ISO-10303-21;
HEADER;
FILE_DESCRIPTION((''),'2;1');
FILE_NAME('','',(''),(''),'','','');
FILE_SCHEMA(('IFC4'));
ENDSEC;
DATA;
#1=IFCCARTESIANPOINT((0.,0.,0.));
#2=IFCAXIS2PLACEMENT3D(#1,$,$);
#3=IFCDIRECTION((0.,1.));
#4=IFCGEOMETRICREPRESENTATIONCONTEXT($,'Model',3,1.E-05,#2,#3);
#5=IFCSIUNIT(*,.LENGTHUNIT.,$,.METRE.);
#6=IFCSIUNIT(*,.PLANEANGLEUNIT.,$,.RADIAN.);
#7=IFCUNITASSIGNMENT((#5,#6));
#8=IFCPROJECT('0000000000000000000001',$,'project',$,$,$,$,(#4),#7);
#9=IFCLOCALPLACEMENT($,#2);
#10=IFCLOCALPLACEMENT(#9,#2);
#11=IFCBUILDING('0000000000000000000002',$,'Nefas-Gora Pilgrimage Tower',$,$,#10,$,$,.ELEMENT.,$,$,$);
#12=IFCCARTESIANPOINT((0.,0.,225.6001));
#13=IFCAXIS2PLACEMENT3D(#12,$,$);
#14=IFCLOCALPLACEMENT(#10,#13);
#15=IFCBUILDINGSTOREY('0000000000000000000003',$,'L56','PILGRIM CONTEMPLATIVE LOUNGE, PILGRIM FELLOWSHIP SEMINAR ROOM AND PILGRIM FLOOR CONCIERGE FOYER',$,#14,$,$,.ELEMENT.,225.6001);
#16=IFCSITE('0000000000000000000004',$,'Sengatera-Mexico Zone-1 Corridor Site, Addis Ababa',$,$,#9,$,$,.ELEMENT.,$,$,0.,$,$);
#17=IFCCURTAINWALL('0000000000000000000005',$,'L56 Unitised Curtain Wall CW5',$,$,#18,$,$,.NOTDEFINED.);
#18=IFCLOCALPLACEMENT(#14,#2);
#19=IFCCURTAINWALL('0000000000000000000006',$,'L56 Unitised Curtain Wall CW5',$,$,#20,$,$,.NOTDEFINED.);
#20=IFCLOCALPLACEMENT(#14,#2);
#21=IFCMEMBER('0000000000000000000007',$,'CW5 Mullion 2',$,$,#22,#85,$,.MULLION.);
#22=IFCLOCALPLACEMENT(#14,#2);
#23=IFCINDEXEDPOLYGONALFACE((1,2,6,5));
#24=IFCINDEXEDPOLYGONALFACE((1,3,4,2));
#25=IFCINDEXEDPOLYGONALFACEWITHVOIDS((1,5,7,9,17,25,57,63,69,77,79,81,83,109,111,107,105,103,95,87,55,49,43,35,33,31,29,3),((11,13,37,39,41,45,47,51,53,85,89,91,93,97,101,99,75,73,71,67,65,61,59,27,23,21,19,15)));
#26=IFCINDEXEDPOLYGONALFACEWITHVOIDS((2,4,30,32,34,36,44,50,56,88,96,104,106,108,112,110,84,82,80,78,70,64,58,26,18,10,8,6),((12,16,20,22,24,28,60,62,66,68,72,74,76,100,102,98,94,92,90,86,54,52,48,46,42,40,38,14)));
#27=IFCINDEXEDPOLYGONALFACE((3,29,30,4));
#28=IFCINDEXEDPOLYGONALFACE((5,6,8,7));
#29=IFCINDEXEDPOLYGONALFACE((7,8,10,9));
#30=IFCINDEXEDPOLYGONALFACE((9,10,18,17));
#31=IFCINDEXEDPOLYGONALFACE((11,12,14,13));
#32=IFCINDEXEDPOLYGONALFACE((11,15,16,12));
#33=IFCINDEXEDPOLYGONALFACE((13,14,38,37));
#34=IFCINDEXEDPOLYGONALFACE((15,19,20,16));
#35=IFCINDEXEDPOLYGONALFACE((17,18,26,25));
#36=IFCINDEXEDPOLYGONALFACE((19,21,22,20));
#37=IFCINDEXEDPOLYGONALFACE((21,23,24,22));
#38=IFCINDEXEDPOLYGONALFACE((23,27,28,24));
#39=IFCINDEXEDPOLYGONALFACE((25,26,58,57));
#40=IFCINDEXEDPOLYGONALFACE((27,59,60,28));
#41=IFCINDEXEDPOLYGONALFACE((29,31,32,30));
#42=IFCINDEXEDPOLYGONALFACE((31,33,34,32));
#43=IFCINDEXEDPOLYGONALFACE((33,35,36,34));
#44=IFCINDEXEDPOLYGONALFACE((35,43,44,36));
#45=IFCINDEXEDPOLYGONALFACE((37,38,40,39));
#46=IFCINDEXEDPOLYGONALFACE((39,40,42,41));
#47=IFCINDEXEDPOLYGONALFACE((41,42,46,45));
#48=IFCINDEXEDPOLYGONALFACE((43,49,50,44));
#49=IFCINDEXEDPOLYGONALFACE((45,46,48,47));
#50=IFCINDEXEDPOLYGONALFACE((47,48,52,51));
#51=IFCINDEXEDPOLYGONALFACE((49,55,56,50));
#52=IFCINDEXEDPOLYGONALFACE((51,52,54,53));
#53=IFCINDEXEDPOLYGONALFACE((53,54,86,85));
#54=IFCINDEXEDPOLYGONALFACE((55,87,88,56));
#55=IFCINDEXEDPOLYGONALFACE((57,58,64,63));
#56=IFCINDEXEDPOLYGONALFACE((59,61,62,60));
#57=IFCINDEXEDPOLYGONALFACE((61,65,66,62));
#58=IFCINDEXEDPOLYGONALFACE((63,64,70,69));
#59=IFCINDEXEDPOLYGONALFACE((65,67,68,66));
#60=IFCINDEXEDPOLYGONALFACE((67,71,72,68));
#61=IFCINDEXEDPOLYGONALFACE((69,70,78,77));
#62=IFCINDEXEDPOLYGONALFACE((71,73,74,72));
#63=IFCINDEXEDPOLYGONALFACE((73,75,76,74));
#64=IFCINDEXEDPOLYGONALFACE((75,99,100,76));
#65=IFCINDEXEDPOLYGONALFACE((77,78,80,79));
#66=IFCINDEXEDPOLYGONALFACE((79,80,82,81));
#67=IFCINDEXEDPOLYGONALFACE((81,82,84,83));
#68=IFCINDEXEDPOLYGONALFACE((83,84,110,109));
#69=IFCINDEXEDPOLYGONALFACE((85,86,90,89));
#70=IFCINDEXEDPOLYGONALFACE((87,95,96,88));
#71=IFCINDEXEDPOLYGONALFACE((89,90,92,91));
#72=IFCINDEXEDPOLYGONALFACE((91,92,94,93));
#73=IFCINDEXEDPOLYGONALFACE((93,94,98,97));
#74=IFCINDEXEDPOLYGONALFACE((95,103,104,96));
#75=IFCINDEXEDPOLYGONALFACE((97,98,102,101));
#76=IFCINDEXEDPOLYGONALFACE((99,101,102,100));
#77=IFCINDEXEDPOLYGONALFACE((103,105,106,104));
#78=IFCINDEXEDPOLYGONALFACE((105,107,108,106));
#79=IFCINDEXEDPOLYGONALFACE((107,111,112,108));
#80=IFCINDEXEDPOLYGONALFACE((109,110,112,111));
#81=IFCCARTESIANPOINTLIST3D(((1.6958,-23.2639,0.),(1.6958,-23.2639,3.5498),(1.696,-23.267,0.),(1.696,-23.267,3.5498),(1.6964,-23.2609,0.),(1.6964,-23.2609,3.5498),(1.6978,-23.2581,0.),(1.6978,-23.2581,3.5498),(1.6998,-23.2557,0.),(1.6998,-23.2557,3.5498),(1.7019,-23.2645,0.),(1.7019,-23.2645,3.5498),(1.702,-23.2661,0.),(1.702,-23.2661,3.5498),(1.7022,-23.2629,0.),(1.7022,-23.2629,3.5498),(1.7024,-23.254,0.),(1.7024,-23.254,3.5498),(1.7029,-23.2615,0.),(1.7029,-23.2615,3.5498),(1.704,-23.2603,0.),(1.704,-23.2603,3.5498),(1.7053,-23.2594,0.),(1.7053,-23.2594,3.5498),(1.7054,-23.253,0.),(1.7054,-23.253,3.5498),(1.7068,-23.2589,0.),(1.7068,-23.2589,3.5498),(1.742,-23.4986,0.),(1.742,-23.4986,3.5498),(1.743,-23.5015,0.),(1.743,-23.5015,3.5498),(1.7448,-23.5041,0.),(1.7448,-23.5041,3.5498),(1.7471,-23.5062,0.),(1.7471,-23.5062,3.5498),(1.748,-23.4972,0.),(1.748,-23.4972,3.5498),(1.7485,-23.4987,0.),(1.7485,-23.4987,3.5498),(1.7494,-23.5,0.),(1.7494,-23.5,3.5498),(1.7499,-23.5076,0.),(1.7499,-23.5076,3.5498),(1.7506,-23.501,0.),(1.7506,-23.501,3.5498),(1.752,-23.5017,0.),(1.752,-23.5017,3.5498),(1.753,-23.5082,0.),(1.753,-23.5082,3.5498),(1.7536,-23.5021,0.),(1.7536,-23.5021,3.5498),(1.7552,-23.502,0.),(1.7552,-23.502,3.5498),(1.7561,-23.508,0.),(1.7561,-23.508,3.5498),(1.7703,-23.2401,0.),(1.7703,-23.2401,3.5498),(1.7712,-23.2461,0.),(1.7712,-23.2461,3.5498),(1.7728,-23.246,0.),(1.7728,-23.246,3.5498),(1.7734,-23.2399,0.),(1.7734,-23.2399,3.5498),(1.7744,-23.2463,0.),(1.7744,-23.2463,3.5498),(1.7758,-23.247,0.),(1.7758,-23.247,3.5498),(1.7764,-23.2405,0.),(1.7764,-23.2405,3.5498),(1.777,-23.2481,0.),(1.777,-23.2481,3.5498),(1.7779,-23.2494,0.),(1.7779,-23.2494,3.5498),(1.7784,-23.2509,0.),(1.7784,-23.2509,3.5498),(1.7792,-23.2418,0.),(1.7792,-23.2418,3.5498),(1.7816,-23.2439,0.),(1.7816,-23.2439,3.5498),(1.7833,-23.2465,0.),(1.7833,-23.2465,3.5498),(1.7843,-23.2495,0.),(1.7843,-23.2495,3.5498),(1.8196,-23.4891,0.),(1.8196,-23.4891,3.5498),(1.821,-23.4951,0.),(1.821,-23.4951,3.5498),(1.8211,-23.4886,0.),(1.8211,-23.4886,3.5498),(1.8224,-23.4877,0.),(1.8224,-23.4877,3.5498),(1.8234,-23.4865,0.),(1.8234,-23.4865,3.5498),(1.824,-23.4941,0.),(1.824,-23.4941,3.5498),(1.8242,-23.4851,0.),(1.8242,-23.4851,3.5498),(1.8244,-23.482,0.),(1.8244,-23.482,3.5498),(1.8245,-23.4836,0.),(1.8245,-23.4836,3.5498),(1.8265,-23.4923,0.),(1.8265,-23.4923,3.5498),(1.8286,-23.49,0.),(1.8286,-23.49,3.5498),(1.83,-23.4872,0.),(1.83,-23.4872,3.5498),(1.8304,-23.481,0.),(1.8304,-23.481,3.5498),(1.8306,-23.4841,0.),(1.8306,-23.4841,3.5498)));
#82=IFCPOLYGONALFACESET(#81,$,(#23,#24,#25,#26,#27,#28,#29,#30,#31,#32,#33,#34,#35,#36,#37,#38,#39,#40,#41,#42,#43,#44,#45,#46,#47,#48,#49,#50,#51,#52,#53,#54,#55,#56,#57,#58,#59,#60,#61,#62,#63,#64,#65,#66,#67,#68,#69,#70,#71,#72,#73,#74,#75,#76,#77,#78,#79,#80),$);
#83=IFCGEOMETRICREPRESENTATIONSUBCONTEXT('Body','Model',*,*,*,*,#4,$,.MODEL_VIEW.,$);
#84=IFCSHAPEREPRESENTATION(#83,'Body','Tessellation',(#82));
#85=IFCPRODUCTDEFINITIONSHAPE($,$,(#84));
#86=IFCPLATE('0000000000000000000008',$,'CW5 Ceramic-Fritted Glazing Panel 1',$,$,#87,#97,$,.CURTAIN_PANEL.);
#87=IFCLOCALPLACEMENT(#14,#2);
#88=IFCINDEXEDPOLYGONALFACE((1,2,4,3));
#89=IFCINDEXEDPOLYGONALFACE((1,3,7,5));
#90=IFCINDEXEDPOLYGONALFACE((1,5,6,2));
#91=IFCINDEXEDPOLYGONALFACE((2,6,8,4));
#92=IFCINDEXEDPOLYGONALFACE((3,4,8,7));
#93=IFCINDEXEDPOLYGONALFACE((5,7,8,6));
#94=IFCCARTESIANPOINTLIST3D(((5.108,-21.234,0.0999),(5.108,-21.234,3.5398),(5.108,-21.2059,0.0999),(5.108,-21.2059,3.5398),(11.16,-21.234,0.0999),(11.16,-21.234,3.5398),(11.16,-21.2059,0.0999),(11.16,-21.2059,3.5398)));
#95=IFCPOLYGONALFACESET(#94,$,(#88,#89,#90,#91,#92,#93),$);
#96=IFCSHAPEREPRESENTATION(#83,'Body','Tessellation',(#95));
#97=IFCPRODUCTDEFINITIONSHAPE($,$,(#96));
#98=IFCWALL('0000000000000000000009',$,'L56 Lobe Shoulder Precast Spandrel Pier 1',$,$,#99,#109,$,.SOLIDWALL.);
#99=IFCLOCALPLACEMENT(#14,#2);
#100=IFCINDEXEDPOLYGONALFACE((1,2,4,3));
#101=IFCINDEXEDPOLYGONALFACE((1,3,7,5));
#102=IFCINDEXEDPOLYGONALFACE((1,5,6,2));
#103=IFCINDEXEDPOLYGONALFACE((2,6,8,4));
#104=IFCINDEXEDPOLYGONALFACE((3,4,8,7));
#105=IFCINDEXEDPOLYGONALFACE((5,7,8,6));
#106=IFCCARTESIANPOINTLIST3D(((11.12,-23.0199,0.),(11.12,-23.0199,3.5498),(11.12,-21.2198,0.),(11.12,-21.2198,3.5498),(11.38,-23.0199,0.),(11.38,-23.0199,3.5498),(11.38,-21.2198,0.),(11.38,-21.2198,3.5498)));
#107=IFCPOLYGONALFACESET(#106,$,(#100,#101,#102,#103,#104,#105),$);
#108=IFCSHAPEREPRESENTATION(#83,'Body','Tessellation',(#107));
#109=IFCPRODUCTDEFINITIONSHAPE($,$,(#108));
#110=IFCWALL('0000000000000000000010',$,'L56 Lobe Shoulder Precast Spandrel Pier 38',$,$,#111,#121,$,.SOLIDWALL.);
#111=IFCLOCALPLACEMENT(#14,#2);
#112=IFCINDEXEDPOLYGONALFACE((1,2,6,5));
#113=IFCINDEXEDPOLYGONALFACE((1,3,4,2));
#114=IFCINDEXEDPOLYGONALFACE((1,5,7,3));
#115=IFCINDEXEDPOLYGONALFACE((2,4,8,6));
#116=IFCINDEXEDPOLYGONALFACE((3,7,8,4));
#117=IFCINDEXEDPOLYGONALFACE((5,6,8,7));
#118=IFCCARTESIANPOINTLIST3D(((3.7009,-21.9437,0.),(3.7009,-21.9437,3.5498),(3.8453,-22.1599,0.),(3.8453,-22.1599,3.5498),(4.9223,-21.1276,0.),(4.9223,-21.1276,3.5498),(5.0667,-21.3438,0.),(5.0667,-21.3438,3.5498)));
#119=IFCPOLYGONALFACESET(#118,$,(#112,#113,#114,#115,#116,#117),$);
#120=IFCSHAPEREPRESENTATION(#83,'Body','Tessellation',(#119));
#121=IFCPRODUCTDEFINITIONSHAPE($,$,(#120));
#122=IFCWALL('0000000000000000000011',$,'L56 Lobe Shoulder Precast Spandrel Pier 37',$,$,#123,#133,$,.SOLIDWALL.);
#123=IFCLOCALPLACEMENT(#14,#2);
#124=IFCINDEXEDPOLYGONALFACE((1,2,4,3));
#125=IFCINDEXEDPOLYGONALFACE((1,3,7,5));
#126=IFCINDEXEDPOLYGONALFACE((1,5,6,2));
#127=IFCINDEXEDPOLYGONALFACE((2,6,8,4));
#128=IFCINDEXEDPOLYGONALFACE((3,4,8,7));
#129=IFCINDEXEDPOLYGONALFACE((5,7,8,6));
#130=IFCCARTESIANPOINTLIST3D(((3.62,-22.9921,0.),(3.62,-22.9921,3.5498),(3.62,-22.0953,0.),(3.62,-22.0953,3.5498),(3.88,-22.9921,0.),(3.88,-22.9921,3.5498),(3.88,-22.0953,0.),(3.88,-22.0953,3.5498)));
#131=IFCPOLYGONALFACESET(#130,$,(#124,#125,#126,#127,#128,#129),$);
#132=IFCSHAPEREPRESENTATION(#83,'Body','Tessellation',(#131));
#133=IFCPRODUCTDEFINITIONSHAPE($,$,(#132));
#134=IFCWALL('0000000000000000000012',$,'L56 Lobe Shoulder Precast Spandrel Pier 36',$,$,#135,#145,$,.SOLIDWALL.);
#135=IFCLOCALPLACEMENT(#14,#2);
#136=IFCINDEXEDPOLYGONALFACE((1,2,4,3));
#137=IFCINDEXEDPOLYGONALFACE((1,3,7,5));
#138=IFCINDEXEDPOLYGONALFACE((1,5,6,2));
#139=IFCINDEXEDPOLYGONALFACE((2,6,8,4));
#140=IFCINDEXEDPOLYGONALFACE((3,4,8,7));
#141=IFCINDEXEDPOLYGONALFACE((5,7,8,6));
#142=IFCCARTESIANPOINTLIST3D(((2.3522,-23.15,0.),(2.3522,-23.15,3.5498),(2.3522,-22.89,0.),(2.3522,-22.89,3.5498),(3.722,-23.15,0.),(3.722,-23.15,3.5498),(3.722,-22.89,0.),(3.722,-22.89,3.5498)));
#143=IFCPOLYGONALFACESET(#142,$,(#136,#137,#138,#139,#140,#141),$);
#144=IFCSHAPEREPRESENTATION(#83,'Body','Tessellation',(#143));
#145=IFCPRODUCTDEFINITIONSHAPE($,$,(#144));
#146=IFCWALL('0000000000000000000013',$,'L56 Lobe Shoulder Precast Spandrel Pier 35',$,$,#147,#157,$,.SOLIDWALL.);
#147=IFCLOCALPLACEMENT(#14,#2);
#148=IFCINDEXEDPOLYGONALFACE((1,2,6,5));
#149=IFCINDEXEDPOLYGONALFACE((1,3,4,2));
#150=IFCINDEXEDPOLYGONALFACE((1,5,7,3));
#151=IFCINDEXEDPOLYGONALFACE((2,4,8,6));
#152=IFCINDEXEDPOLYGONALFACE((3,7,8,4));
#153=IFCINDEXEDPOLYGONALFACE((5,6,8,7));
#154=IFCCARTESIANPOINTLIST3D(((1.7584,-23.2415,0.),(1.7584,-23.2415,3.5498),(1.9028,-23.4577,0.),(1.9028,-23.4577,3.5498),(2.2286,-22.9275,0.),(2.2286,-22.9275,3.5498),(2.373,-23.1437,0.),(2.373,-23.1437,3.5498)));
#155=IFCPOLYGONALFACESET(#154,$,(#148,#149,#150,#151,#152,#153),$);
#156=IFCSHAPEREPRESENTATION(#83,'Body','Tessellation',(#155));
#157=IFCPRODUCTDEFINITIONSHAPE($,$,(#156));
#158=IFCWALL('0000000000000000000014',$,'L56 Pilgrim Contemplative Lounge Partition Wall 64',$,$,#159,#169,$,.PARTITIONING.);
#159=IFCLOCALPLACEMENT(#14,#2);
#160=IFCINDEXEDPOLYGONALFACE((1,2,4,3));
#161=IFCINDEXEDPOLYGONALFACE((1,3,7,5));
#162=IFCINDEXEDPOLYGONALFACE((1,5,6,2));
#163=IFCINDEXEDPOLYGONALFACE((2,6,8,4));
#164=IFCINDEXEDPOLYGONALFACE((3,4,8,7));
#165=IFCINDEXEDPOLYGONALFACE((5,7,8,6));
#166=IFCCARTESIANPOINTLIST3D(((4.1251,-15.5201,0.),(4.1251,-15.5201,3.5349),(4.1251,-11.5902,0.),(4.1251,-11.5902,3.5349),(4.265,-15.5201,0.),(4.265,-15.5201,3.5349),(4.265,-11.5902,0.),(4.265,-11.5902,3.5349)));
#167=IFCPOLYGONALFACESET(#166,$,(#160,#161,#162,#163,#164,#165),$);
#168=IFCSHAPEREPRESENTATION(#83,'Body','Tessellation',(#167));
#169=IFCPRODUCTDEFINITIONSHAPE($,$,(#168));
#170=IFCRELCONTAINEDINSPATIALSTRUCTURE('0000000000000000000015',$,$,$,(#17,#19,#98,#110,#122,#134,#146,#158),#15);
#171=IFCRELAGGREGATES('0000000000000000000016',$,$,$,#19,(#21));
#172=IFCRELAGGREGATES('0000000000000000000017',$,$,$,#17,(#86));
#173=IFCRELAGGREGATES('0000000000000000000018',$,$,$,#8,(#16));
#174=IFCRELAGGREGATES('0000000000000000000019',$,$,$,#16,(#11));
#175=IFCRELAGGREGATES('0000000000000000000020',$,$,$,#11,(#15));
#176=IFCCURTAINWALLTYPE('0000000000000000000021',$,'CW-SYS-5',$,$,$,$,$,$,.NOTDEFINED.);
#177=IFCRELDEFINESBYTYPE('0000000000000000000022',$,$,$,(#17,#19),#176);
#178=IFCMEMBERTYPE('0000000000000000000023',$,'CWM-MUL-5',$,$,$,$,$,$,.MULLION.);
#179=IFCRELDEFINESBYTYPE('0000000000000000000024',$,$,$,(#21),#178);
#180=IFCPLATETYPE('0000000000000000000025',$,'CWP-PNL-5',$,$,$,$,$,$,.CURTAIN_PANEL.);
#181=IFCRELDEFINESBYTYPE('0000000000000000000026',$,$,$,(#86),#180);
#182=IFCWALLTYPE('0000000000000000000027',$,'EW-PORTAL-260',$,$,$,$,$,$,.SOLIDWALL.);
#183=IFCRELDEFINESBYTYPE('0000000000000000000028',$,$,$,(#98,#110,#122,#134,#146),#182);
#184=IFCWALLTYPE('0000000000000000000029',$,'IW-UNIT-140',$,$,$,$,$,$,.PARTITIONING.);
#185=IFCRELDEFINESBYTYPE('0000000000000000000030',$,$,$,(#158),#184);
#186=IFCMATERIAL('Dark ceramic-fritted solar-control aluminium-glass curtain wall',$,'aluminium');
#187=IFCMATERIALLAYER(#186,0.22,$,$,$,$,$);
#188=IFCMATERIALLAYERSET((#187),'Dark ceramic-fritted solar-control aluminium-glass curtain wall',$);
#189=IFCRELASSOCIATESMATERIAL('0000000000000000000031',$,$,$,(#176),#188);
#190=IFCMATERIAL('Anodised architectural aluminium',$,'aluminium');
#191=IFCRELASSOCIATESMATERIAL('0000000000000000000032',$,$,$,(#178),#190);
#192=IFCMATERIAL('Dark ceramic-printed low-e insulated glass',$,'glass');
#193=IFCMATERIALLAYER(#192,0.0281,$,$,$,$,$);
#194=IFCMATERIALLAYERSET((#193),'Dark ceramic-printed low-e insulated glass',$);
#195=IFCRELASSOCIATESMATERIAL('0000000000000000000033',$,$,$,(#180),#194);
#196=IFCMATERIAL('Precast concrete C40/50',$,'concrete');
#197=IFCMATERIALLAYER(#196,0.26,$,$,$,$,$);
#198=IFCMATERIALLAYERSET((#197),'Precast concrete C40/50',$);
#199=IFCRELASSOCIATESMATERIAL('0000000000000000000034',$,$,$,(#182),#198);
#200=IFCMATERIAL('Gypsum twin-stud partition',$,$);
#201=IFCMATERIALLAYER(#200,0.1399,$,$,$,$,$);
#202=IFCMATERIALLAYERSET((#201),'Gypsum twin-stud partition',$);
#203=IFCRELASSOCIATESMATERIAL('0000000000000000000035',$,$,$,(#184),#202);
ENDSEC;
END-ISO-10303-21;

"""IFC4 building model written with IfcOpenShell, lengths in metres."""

from ifc_helpers import new_model, si_unit, direction, frame, frame_2d, origin, origin_2d, place, context, subcontext, project, spatial, rectangle, hollow_rectangle, extrude, source, transform, mapped, material, layer, layer_set, material_profile, profile_set, type_object, element, aggregate, save


model = new_model("IFC4")

# Units and contexts
model_context = context("Model", 3, precision=1e-05, world=origin(), true_north=direction((0.0, 1.0)))
body_context = subcontext(model_context, "Body", "Model", "MODEL_VIEW")
ifc_project = project(units=[si_unit("LENGTHUNIT", "METRE"), si_unit("PLANEANGLEUNIT", "RADIAN")], contexts=[model_context])

# Site, building, storey
site_placement = place(None, origin())
site = spatial("IfcSite", under=ifc_project, at=site_placement, Name="Sengatera-Mexico Zone-1 Corridor Site, Addis Ababa", CompositionType="ELEMENT", RefElevation=0.0)
building_placement = place(site_placement, origin())
building = spatial("IfcBuilding", under=site, at=building_placement, Name="Nefas-Gora Pilgrimage Tower", CompositionType="ELEMENT")
storey_placement = place(building_placement, frame((0.0, 0.0, 225.6001)))
storey = spatial("IfcBuildingStorey", under=building, at=storey_placement, Name="L56", Description="PILGRIM CONTEMPLATIVE LOUNGE, PILGRIM FELLOWSHIP SEMINAR ROOM AND PILGRIM FLOOR CONCIERGE FOYER", CompositionType="ELEMENT", Elevation=225.6001)

# Curtain wall
ifc_material_1 = material(Name="Dark ceramic-fritted solar-control aluminium-glass curtain wall", Category="aluminium")
ifc_layer_1 = layer(ifc_material_1, 0.22)
ifc_layer_set_1 = layer_set([ifc_layer_1], Name="Dark ceramic-fritted solar-control aluminium-glass curtain wall")
curtain_wall_type = type_object("IfcCurtainWallType", Name="CW-SYS-5", PredefinedType="NOTDEFINED", material=ifc_layer_set_1)
curtain_wall_1_placement = place(storey_placement, origin())
curtain_wall_1 = element("IfcCurtainWall", 1, at=curtain_wall_1_placement, inside=storey, type_object=curtain_wall_type, Name="L56 Unitised Curtain Wall CW5", PredefinedType="NOTDEFINED")
ifc_material_2 = material(Name="Anodised architectural aluminium", Category="aluminium")
ifc_material_profile_1 = material_profile(ifc_material_2, hollow_rectangle(XDim=0.0901, YDim=0.26, WallThickness=0.0061, InnerFilletRadius=0.0061, OuterFilletRadius=0.012, at=origin_2d()), Name="ALU MULLION 90x260")
ifc_profile_set_1 = profile_set([ifc_material_profile_1], Name="Anodised architectural aluminium")
member_type_1 = type_object("IfcMemberType", Name="CWM-MUL-5", PredefinedType="MULLION", material=ifc_profile_set_1)
shared_shape_1 = source(origin(), body_context, "Body", "SweptSolid", [
    extrude(hollow_rectangle(XDim=0.0901, YDim=0.26, WallThickness=0.0061, InnerFilletRadius=0.0061, OuterFilletRadius=0.012, at=origin_2d()), origin(), (0.0, 0.0, 1.0), 3.5498),
])

# Curtain wall, member
curtain_wall_2_placement = place(storey_placement, origin())
curtain_wall_2 = element("IfcCurtainWall", 2, at=curtain_wall_2_placement, inside=storey, type_object=curtain_wall_type, Name="L56 Unitised Curtain Wall CW5", PredefinedType="NOTDEFINED")
member_1_placement = place(storey_placement, frame((1.7632, -23.374, 0.0), z_axis=(0.0, 0.0, 1.0), x_axis=(0.980783, 0.195102, 0.0)))
member_1 = element("IfcMember", 3, at=member_1_placement, type_object=member_type_1, Name="CW5 Mullion 2", PredefinedType="MULLION", context=body_context, shape_type="MappedRepresentation", body=[
    mapped(shared_shape_1, transform((0.0, 0.0, 0.0), x_axis=(1.0, 0.0, 0.0), y_axis=(0.0, 1.0, 0.0), z_axis=(0.0, 0.0, 1.0), scale=1.0)),
])
aggregate(curtain_wall_2, [member_1])

# Plate
ifc_material_3 = material(Name="Dark ceramic-printed low-e insulated glass", Category="glass")
ifc_layer_2 = layer(ifc_material_3, 0.0281)
ifc_layer_set_2 = layer_set([ifc_layer_2], Name="Dark ceramic-printed low-e insulated glass")
plate_type = type_object("IfcPlateType", Name="CWP-PNL-5", PredefinedType="CURTAIN_PANEL", material=ifc_layer_set_2)
shared_shape_2 = source(origin(), body_context, "Body", "SweptSolid", [
    extrude(rectangle(XDim=6.052, YDim=0.0281, at=origin_2d()), origin(), (0.0, 0.0, 1.0), 3.4399),
])
plate_placement = place(storey_placement, frame((8.134, -21.22, 0.0999), z_axis=(0.0, 0.0, 1.0), x_axis=(1.0, 0.0, 0.0)))
plate = element("IfcPlate", 4, at=plate_placement, type_object=plate_type, Name="CW5 Ceramic-Fritted Glazing Panel 1", PredefinedType="CURTAIN_PANEL", context=body_context, shape_type="MappedRepresentation", body=[
    mapped(shared_shape_2, transform((0.0, 0.0, 0.0), x_axis=(1.0, 0.0, 0.0), y_axis=(0.0, 1.0, 0.0), z_axis=(0.0, 0.0, 1.0), scale=1.0)),
])
aggregate(curtain_wall_1, [plate])

# Walls
ifc_material_4 = material(Name="Precast concrete C40/50", Category="concrete")
ifc_layer_3 = layer(ifc_material_4, 0.26)
ifc_layer_set_3 = layer_set([ifc_layer_3], Name="Precast concrete C40/50")
wall_type_1 = type_object("IfcWallType", Name="EW-PORTAL-260", PredefinedType="SOLIDWALL", material=ifc_layer_set_3)
shared_shape_3 = source(origin(), body_context, "Body", "SweptSolid", [
    extrude(rectangle(XDim=1.8, YDim=0.26, at=frame_2d((0.8999, 0.0))), origin(), (0.0, 0.0, 1.0), 3.5498),
])
wall_1_placement = place(storey_placement, frame((11.25, -21.22, 0.0), z_axis=(0.0, 0.0, 1.0), x_axis=(0.0, -1.0, 0.0)))
element("IfcWall", 5, at=wall_1_placement, inside=storey, type_object=wall_type_1, Name="L56 Lobe Shoulder Precast Spandrel Pier 1", PredefinedType="SOLIDWALL", context=body_context, shape_type="MappedRepresentation", body=[
    mapped(shared_shape_3, transform((0.0, 0.0, 0.0), x_axis=(1.0, 0.0, 0.0), y_axis=(0.0, 1.0, 0.0), z_axis=(0.0, 0.0, 1.0), scale=1.0)),
])
shared_shape_4 = source(origin(), body_context, "Body", "SweptSolid", [
    extrude(rectangle(XDim=1.469, YDim=0.26, at=frame_2d((0.7344, 0.0))), origin(), (0.0, 0.0, 1.0), 3.5498),
])
wall_2_placement = place(storey_placement, frame((3.7732, -22.0518, 0.0), z_axis=(0.0, 0.0, 1.0), x_axis=(0.831462, 0.555582, 0.0)))
element("IfcWall", 6, at=wall_2_placement, inside=storey, type_object=wall_type_1, Name="L56 Lobe Shoulder Precast Spandrel Pier 38", PredefinedType="SOLIDWALL", context=body_context, shape_type="MappedRepresentation", body=[
    mapped(shared_shape_4, transform((0.0, 0.0, 0.0), x_axis=(1.0, 0.0, 0.0), y_axis=(0.0, 1.0, 0.0), z_axis=(0.0, 0.0, 1.0), scale=1.0)),
])
shared_shape_5 = source(origin(), body_context, "Body", "SweptSolid", [
    extrude(rectangle(XDim=0.8967, YDim=0.26, at=frame_2d((0.4482, 0.0))), origin(), (0.0, 0.0, 1.0), 3.5498),
])
wall_3_placement = place(storey_placement, frame((3.75, -22.9919, 0.0), z_axis=(0.0, 0.0, 1.0), x_axis=(0.0, 1.0, 0.0)))
element("IfcWall", 7, at=wall_3_placement, inside=storey, type_object=wall_type_1, Name="L56 Lobe Shoulder Precast Spandrel Pier 37", PredefinedType="SOLIDWALL", context=body_context, shape_type="MappedRepresentation", body=[
    mapped(shared_shape_5, transform((0.0, 0.0, 0.0), x_axis=(1.0, 0.0, 0.0), y_axis=(0.0, 1.0, 0.0), z_axis=(0.0, 0.0, 1.0), scale=1.0)),
])
shared_shape_6 = source(origin(), body_context, "Body", "SweptSolid", [
    extrude(rectangle(XDim=1.3699, YDim=0.26, at=frame_2d((0.6851, 0.0))), origin(), (0.0, 0.0, 1.0), 3.5498),
])
wall_4_placement = place(storey_placement, frame((2.3521, -23.02, 0.0), z_axis=(0.0, 0.0, 1.0), x_axis=(1.0, 0.0, 0.0)))
element("IfcWall", 8, at=wall_4_placement, inside=storey, type_object=wall_type_1, Name="L56 Lobe Shoulder Precast Spandrel Pier 36", PredefinedType="SOLIDWALL", context=body_context, shape_type="MappedRepresentation", body=[
    mapped(shared_shape_6, transform((0.0, 0.0, 0.0), x_axis=(1.0, 0.0, 0.0), y_axis=(0.0, 1.0, 0.0), z_axis=(0.0, 0.0, 1.0), scale=1.0)),
])
shared_shape_7 = source(origin(), body_context, "Body", "SweptSolid", [
    extrude(rectangle(XDim=0.5654, YDim=0.26, at=frame_2d((0.2827, 0.0))), origin(), (0.0, 0.0, 1.0), 3.5498),
])
wall_5_placement = place(storey_placement, frame((1.8306, -23.3496, 0.0), z_axis=(0.0, 0.0, 1.0), x_axis=(0.831651, 0.555298, 0.0)))
element("IfcWall", 9, at=wall_5_placement, inside=storey, type_object=wall_type_1, Name="L56 Lobe Shoulder Precast Spandrel Pier 35", PredefinedType="SOLIDWALL", context=body_context, shape_type="MappedRepresentation", body=[
    mapped(shared_shape_7, transform((0.0, 0.0, 0.0), x_axis=(1.0, 0.0, 0.0), y_axis=(0.0, 1.0, 0.0), z_axis=(0.0, 0.0, 1.0), scale=1.0)),
])
ifc_material_5 = material(Name="Gypsum twin-stud partition")
ifc_layer_4 = layer(ifc_material_5, 0.1399)
ifc_layer_set_4 = layer_set([ifc_layer_4], Name="Gypsum twin-stud partition")
wall_type_2 = type_object("IfcWallType", Name="IW-UNIT-140", PredefinedType="PARTITIONING", material=ifc_layer_set_4)
shared_shape_8 = source(origin(), body_context, "Body", "SweptSolid", [
    extrude(rectangle(XDim=3.9299, YDim=0.1399, at=frame_2d((1.9648, 0.0))), origin(), (0.0, 0.0, 1.0), 3.5349),
])
wall_6_placement = place(storey_placement, frame((4.1951, -15.52, 0.0), z_axis=(0.0, 0.0, 1.0), x_axis=(0.0, 1.0, 0.0)))
element("IfcWall", 10, at=wall_6_placement, inside=storey, type_object=wall_type_2, Name="L56 Pilgrim Contemplative Lounge Partition Wall 64", PredefinedType="PARTITIONING", context=body_context, shape_type="MappedRepresentation", body=[
    mapped(shared_shape_8, transform((0.0, 0.0, 0.0), x_axis=(1.0, 0.0, 0.0), y_axis=(0.0, 1.0, 0.0), z_axis=(0.0, 0.0, 1.0), scale=1.0)),
])

save(model, "model.ifc")
